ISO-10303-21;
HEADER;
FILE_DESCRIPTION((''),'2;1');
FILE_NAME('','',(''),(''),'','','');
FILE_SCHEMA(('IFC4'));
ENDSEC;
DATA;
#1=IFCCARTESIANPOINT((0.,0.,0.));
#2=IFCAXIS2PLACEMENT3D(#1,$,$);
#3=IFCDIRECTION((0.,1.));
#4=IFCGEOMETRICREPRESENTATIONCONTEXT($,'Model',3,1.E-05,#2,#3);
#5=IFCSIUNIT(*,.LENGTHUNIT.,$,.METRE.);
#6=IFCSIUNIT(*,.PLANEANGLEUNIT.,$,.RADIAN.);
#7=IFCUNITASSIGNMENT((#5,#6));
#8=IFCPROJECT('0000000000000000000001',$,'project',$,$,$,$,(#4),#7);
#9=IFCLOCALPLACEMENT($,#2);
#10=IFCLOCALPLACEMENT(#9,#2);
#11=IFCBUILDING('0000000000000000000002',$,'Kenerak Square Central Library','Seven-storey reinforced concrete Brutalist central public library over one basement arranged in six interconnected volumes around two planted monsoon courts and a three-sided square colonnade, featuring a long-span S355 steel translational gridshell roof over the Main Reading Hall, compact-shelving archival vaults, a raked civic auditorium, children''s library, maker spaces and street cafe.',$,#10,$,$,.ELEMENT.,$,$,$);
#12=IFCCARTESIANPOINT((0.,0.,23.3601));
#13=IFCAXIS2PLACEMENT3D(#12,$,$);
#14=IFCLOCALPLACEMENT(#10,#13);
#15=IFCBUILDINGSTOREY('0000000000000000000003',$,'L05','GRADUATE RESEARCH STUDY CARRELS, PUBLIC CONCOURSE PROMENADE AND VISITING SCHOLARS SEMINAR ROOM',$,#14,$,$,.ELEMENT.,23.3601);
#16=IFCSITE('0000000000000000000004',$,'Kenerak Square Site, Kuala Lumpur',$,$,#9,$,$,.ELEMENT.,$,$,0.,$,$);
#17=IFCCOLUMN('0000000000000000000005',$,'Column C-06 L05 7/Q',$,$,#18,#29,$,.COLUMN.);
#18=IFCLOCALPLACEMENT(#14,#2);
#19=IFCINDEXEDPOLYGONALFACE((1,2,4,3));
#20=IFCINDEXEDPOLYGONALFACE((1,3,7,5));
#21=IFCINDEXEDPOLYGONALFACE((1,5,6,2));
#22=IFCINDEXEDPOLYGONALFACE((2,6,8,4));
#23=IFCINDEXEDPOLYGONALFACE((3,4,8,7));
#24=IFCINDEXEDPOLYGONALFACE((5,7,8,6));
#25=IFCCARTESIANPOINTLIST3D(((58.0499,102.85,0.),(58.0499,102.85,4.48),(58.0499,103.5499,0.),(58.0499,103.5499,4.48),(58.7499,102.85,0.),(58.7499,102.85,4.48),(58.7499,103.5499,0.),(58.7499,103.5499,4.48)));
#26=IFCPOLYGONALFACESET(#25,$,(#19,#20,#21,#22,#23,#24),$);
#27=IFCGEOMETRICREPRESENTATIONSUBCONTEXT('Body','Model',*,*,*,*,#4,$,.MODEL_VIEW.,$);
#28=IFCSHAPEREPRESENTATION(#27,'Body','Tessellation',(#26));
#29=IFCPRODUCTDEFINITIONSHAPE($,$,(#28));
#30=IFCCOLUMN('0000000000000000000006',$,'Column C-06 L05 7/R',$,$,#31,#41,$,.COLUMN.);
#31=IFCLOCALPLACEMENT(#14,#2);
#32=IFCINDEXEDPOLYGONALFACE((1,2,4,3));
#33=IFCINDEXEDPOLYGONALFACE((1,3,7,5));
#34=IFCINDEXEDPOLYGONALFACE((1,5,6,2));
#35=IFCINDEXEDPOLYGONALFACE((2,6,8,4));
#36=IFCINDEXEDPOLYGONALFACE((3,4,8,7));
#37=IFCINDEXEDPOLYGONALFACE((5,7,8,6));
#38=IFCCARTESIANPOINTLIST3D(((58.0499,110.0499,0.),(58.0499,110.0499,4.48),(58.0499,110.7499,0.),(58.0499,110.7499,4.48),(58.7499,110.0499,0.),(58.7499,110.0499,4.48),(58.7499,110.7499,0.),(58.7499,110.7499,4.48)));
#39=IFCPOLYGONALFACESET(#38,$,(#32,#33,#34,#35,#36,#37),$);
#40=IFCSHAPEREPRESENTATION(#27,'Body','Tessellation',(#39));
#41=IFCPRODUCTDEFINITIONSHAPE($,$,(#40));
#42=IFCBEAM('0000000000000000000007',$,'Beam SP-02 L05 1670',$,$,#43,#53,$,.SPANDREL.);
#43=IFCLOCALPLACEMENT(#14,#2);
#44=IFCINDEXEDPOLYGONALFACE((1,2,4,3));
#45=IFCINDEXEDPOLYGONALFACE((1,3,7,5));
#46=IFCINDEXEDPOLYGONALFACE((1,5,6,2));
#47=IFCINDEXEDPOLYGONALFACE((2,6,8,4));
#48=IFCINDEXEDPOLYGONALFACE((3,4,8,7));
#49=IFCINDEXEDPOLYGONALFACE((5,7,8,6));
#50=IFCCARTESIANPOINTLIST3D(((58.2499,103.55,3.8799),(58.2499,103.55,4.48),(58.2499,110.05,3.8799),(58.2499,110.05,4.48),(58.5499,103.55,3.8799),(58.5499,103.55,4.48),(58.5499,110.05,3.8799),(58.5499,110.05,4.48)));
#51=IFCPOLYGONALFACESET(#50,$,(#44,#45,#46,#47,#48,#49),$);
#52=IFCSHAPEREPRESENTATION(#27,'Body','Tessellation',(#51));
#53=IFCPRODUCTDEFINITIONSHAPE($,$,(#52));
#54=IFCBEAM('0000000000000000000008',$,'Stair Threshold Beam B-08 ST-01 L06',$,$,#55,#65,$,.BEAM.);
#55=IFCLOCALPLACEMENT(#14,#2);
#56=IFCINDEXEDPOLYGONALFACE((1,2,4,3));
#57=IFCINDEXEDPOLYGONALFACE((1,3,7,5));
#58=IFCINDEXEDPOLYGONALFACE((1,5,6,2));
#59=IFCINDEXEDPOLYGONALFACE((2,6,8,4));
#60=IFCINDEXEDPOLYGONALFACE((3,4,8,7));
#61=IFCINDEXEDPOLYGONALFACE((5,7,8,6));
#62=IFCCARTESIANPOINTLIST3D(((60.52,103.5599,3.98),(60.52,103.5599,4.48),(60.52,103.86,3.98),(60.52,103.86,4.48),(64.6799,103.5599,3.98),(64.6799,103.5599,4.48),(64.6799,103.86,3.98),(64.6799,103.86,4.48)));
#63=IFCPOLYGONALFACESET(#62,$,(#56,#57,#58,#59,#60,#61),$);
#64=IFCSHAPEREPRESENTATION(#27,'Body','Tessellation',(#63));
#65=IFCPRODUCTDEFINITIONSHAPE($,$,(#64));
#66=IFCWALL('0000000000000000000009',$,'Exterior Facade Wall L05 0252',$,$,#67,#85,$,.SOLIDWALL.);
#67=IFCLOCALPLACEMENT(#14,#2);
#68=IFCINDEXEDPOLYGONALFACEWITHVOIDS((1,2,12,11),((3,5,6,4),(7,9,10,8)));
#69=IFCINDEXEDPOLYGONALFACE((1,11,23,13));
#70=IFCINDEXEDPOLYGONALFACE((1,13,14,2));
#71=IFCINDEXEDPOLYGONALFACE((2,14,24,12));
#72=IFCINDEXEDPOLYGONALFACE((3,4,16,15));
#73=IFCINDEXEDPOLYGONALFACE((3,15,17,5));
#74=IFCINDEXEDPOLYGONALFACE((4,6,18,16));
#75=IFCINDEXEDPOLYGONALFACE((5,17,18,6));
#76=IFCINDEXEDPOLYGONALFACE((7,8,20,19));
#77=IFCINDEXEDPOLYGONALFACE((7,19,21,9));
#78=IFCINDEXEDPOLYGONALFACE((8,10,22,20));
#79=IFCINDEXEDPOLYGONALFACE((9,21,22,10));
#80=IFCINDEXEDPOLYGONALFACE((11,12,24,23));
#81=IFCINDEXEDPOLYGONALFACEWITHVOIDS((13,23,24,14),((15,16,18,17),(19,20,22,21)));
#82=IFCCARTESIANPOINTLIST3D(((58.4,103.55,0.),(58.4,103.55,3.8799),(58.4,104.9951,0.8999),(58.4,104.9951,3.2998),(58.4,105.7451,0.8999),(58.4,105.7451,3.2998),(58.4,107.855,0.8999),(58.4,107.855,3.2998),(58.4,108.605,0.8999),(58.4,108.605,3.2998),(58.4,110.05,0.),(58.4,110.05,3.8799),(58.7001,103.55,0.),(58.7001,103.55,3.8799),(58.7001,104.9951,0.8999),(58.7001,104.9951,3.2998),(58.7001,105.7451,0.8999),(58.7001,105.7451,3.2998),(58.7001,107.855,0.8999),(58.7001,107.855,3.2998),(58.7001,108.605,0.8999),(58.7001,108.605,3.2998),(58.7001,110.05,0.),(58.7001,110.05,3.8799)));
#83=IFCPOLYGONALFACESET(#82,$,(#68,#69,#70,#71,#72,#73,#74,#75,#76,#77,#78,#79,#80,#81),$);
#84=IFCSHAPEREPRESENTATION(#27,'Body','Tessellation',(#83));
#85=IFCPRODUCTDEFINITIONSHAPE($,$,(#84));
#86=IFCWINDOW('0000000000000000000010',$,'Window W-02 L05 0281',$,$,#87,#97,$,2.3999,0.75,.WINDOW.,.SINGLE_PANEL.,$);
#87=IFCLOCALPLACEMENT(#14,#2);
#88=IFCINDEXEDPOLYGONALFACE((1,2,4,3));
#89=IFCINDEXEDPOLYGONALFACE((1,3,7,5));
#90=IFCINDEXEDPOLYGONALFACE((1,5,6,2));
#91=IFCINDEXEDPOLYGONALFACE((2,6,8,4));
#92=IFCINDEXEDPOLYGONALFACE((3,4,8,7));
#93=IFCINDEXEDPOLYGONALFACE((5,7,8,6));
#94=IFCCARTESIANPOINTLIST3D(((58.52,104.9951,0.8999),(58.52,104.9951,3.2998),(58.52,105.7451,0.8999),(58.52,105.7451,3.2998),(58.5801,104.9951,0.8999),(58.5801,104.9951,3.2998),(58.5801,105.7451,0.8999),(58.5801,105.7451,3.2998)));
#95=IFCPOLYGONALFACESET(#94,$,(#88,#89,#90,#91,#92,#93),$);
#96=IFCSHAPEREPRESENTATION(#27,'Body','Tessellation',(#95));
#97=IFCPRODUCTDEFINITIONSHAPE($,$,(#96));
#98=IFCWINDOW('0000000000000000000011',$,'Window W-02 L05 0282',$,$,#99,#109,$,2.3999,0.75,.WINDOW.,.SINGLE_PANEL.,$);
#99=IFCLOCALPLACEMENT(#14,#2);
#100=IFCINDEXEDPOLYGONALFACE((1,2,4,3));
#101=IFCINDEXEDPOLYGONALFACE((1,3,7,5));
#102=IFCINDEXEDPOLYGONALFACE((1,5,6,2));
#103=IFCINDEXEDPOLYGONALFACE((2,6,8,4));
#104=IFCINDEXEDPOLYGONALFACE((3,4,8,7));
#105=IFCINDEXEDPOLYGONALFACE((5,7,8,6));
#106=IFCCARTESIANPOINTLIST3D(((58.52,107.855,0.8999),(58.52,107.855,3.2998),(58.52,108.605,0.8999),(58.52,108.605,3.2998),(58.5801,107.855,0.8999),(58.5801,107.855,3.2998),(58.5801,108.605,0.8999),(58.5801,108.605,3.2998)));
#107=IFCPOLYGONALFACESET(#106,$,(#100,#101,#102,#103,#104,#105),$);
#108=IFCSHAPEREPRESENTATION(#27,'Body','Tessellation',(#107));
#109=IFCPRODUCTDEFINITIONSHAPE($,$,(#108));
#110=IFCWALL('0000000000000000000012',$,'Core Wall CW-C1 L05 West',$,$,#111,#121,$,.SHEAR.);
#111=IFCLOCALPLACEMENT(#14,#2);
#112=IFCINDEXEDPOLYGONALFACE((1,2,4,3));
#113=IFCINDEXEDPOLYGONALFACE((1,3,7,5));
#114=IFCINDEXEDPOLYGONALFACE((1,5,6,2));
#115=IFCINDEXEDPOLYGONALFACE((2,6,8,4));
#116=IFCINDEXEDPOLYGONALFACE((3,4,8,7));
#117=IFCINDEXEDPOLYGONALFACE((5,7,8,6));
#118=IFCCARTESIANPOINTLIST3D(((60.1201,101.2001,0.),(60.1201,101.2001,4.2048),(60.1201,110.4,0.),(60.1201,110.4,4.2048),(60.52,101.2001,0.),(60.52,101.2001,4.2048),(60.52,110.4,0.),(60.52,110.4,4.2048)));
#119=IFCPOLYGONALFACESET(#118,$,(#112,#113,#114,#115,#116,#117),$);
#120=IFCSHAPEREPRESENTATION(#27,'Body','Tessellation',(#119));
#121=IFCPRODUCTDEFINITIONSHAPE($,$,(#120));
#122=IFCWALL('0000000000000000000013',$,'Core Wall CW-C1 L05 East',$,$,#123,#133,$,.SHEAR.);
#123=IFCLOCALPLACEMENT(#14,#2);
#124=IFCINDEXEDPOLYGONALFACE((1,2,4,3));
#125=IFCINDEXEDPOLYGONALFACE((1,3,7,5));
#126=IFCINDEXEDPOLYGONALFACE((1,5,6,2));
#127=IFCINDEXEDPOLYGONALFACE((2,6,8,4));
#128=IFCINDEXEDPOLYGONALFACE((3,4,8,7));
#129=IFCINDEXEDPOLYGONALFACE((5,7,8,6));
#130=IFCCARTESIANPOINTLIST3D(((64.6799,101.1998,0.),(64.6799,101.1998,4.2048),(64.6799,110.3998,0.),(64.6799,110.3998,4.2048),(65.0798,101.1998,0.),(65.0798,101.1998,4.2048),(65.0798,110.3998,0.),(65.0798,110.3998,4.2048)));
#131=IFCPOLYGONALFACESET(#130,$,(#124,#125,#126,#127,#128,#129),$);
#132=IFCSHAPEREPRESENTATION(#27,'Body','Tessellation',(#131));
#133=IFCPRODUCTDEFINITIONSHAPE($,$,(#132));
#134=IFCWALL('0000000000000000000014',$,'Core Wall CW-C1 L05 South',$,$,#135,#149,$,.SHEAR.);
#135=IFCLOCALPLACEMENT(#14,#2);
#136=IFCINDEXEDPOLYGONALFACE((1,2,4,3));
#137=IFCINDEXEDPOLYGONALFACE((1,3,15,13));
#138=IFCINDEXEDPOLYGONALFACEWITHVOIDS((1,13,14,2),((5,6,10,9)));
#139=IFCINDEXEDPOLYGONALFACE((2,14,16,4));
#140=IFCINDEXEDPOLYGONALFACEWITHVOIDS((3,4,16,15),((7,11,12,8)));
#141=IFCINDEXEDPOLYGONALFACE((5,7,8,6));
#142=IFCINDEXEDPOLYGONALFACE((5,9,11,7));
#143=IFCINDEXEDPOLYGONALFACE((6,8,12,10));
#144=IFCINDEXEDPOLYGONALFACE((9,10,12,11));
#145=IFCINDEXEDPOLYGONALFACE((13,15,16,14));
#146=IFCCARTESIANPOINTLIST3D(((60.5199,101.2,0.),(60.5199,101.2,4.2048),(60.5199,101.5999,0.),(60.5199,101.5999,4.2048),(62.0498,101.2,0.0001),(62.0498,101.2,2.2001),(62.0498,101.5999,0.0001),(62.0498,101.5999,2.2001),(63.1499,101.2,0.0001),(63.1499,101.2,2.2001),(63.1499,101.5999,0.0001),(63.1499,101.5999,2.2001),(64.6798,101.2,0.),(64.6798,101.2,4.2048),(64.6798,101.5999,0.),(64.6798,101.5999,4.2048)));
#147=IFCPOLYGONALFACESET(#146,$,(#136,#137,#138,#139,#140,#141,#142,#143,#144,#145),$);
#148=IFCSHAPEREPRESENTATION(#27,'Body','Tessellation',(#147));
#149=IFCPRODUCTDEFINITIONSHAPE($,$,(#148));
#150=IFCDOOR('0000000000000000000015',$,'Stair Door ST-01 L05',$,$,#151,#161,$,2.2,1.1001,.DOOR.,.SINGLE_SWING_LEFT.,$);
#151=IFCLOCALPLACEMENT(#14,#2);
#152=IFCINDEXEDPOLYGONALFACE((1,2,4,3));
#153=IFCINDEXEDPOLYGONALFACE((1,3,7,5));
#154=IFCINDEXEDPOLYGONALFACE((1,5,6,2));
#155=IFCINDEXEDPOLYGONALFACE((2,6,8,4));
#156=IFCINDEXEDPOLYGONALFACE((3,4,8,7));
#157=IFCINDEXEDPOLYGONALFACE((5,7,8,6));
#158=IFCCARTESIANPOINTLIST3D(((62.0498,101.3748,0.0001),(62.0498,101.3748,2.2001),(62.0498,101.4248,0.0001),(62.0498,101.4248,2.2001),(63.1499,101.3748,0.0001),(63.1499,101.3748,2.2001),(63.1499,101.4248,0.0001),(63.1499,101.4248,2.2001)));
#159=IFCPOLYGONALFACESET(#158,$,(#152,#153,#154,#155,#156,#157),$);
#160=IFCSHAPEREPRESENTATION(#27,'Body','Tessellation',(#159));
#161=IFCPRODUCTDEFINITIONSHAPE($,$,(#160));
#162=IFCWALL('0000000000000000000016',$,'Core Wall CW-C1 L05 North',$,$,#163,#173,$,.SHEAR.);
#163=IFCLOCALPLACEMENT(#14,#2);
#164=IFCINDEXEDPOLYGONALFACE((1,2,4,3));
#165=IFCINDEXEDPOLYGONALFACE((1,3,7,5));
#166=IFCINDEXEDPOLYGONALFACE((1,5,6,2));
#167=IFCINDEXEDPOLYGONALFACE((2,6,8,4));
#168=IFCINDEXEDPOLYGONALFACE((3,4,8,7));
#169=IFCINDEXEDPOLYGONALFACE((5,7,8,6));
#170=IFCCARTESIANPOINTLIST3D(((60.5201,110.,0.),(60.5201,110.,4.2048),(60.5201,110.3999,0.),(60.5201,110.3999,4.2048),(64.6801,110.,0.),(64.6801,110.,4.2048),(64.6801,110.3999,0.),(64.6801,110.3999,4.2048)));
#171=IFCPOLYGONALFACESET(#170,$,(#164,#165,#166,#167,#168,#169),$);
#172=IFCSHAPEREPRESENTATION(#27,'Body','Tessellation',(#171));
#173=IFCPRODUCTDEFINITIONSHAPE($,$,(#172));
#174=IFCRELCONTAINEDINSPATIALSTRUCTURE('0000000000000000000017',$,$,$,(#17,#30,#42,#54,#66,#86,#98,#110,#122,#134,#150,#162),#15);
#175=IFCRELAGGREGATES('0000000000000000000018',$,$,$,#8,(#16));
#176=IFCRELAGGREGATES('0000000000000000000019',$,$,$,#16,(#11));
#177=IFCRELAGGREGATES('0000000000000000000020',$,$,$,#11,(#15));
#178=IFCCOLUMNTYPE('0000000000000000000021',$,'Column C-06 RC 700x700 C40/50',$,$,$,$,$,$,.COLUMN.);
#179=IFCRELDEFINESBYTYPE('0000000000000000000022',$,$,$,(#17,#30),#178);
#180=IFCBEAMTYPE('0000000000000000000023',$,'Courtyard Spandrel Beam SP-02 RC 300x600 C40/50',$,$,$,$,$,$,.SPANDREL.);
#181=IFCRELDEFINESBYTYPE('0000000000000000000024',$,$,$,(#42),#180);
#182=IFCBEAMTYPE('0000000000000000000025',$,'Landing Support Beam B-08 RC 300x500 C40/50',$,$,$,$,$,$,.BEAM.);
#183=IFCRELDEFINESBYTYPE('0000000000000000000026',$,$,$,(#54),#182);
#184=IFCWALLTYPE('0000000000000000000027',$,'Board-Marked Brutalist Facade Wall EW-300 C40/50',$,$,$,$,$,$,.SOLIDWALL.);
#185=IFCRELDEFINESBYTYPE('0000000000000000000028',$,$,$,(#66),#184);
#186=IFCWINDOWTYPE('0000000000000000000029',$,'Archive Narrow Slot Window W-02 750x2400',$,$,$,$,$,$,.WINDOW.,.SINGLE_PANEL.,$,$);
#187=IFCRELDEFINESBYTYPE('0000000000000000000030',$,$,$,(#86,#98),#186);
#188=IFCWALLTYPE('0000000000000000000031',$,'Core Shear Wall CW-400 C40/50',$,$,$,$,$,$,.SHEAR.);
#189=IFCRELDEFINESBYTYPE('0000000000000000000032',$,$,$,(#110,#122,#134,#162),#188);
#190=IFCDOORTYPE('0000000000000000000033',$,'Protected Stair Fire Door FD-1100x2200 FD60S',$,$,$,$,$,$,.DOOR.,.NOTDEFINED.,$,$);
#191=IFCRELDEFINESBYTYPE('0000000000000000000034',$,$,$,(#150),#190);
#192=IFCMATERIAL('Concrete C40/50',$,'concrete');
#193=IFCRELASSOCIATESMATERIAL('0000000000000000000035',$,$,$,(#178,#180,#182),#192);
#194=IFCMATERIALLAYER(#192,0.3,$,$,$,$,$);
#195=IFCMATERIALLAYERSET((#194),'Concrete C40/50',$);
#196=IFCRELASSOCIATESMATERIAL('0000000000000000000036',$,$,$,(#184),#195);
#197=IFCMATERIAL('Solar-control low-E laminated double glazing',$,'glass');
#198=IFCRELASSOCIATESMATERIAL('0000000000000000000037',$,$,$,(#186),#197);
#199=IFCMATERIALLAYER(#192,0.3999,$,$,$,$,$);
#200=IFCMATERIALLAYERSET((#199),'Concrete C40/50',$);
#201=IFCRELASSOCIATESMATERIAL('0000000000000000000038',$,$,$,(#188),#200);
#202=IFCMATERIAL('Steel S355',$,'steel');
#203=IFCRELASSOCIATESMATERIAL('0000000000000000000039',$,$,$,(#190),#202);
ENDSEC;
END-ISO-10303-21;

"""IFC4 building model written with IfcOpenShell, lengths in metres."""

from ifc_helpers import new_model, si_unit, direction, frame, frame_2d, origin, origin_2d, place, context, subcontext, project, spatial, rectangle, extrude, material, layer, layer_set, material_profile, profile_set, type_object, element, fill, save


model = new_model("IFC4")

# Units and contexts
model_context = context("Model", 3, precision=1e-05, world=origin(), true_north=direction((0.0, 1.0)))
body_context = subcontext(model_context, "Body", "Model", "MODEL_VIEW")
ifc_project = project(units=[si_unit("LENGTHUNIT", "METRE"), si_unit("PLANEANGLEUNIT", "RADIAN")], contexts=[model_context])

# Site, building, storey
site_placement = place(None, origin())
site = spatial("IfcSite", under=ifc_project, at=site_placement, Name="Kenerak Square Site, Kuala Lumpur", CompositionType="ELEMENT", RefElevation=0.0)
building_placement = place(site_placement, origin())
building = spatial("IfcBuilding", under=site, at=building_placement, Name="Kenerak Square Central Library", Description="Seven-storey reinforced concrete Brutalist central public library over one basement arranged in six interconnected volumes around two planted monsoon courts and a three-sided square colonnade, featuring a long-span S355 steel translational gridshell roof over the Main Reading Hall, compact-shelving archival vaults, a raked civic auditorium, children's library, maker spaces and street cafe.", CompositionType="ELEMENT")
storey_placement = place(building_placement, frame((0.0, 0.0, 23.3601)))
storey = spatial("IfcBuildingStorey", under=building, at=storey_placement, Name="L05", Description="GRADUATE RESEARCH STUDY CARRELS, PUBLIC CONCOURSE PROMENADE AND VISITING SCHOLARS SEMINAR ROOM", CompositionType="ELEMENT", Elevation=23.3601)

# Columns
ifc_material_1 = material(Name="Concrete C40/50", Category="concrete")
ifc_material_profile_1 = material_profile(ifc_material_1, rectangle(XDim=0.7, YDim=0.7, at=origin_2d()), Name="RC 700x700")
ifc_profile_set_1 = profile_set([ifc_material_profile_1], Name="Concrete C40/50")
column_type = type_object("IfcColumnType", Name="Column C-06 RC 700x700 C40/50", PredefinedType="COLUMN", material=ifc_profile_set_1)
for number, where, z_axis, x_axis, name in (
    (1, (58.3999, 103.2, 0.0), (0.0, 0.0, 1.0), (1.0, 0.0, 0.0), "Column C-06 L05 7/Q"),
    (2, (58.3999, 110.3999, 0.0), (0.0, 0.0, 1.0), (1.0, 0.0, 0.0), "Column C-06 L05 7/R"),
):
    element("IfcColumn", number, at=place(storey_placement, frame(where, z_axis=z_axis, x_axis=x_axis)), inside=storey, type_object=column_type, Name=name, PredefinedType="COLUMN", context=body_context, shape_type="SweptSolid", body=[
        extrude(rectangle(XDim=0.7, YDim=0.7, at=origin_2d()), origin(), (0.0, 0.0, 1.0), 4.48),
    ])

# Beams
ifc_material_profile_2 = material_profile(ifc_material_1, rectangle(XDim=0.3, YDim=0.6001, at=origin_2d()), Name="RC 300x600")
ifc_profile_set_2 = profile_set([ifc_material_profile_2], Name="Concrete C40/50")
beam_type_1 = type_object("IfcBeamType", Name="Courtyard Spandrel Beam SP-02 RC 300x600 C40/50", PredefinedType="SPANDREL", material=ifc_profile_set_2)
beam_1_placement = place(storey_placement, frame((58.3999, 103.55, 4.1799), z_axis=(0.0, 1.0, 0.0), x_axis=(-1.0, 0.0, 0.0)))
element("IfcBeam", 3, at=beam_1_placement, inside=storey, type_object=beam_type_1, Name="Beam SP-02 L05 1670", PredefinedType="SPANDREL", context=body_context, shape_type="SweptSolid", body=[
    extrude(rectangle(XDim=0.3, YDim=0.6001, at=origin_2d()), origin(), (0.0, 0.0, 1.0), 6.5),
])
ifc_material_profile_3 = material_profile(ifc_material_1, rectangle(XDim=0.3, YDim=0.5, at=origin_2d()), Name="RC 300x500")
ifc_profile_set_3 = profile_set([ifc_material_profile_3], Name="Concrete C40/50")
beam_type_2 = type_object("IfcBeamType", Name="Landing Support Beam B-08 RC 300x500 C40/50", PredefinedType="BEAM", material=ifc_profile_set_3)
beam_2_placement = place(storey_placement, frame((60.52, 103.71, 4.23), z_axis=(1.0, 0.0, 0.0), x_axis=(0.0, 1.0, 0.0)))
element("IfcBeam", 4, at=beam_2_placement, inside=storey, type_object=beam_type_2, Name="Stair Threshold Beam B-08 ST-01 L06", PredefinedType="BEAM", context=body_context, shape_type="SweptSolid", body=[
    extrude(rectangle(XDim=0.3, YDim=0.5, at=origin_2d()), origin(), (0.0, 0.0, 1.0), 4.1599),
])

# Wall, openings, windows
ifc_layer_1 = layer(ifc_material_1, 0.3)
ifc_layer_set_1 = layer_set([ifc_layer_1], Name="Concrete C40/50")
wall_type_1 = type_object("IfcWallType", Name="Board-Marked Brutalist Facade Wall EW-300 C40/50", PredefinedType="SOLIDWALL", material=ifc_layer_set_1)
wall_1_placement = place(storey_placement, frame((58.55, 103.55, 0.0), z_axis=(0.0, 0.0, 1.0), x_axis=(0.0, 1.0, 0.0)))
wall_1 = element("IfcWall", 5, at=wall_1_placement, inside=storey, type_object=wall_type_1, Name="Exterior Facade Wall L05 0252", PredefinedType="SOLIDWALL", context=body_context, shape_type="SweptSolid", body=[
    extrude(rectangle(XDim=6.5, YDim=0.3, at=frame_2d((3.25, 0.0))), origin(), (0.0, 0.0, 1.0), 3.8799),
])
opening_1_placement = place(wall_1_placement, frame((1.4451, 0.0, 0.8999)))
opening_1 = element("IfcOpeningElement", 6, at=opening_1_placement, cuts=wall_1, PredefinedType="OPENING", context=body_context, shape_type="SweptSolid", body=[
    extrude(rectangle(XDim=0.75, YDim=2.3999, at=frame_2d((0.375, 1.2))), frame((0.0, 0.1599, 0.0), z_axis=(0.0, -1.0, 0.0), x_axis=(1.0, 0.0, 0.0)), (0.0, 0.0, 1.0), 0.3201),
])
opening_2_placement = place(wall_1_placement, frame((4.3049, 0.0, 0.8999)))
opening_2 = element("IfcOpeningElement", 7, at=opening_2_placement, cuts=wall_1, PredefinedType="OPENING", context=body_context, shape_type="SweptSolid", body=[
    extrude(rectangle(XDim=0.75, YDim=2.3999, at=frame_2d((0.375, 1.2))), frame((0.0, 0.1599, 0.0), z_axis=(0.0, -1.0, 0.0), x_axis=(1.0, 0.0, 0.0)), (0.0, 0.0, 1.0), 0.3201),
])
ifc_material_2 = material(Name="Solar-control low-E laminated double glazing", Category="glass")
window_type = type_object("IfcWindowType", Name="Archive Narrow Slot Window W-02 750x2400", PartitioningType="SINGLE_PANEL", PredefinedType="WINDOW", material=ifc_material_2)
window_1_placement = place(opening_1_placement, origin())
window_1 = element("IfcWindow", 8, at=window_1_placement, inside=storey, type_object=window_type, Name="Window W-02 L05 0281", OverallHeight=2.3999, OverallWidth=0.75, PartitioningType="SINGLE_PANEL", PredefinedType="WINDOW", context=body_context, shape_type="SweptSolid", body=[
    extrude(rectangle(XDim=0.75, YDim=2.3999, at=frame_2d((0.375, 1.2))), frame((0.0, 0.03, 0.0), z_axis=(0.0, -1.0, 0.0), x_axis=(1.0, 0.0, 0.0)), (0.0, 0.0, 1.0), 0.0601),
])
fill(opening_1, window_1)
window_2_placement = place(opening_2_placement, origin())
window_2 = element("IfcWindow", 9, at=window_2_placement, inside=storey, type_object=window_type, Name="Window W-02 L05 0282", OverallHeight=2.3999, OverallWidth=0.75, PartitioningType="SINGLE_PANEL", PredefinedType="WINDOW", context=body_context, shape_type="SweptSolid", body=[
    extrude(rectangle(XDim=0.75, YDim=2.3999, at=frame_2d((0.375, 1.2))), frame((0.0, 0.03, 0.0), z_axis=(0.0, -1.0, 0.0), x_axis=(1.0, 0.0, 0.0)), (0.0, 0.0, 1.0), 0.0601),
])
fill(opening_2, window_2)

# Walls
ifc_layer_2 = layer(ifc_material_1, 0.3999)
ifc_layer_set_2 = layer_set([ifc_layer_2], Name="Concrete C40/50")
wall_type_2 = type_object("IfcWallType", Name="Core Shear Wall CW-400 C40/50", PredefinedType="SHEAR", material=ifc_layer_set_2)
for number, where, z_axis, x_axis, name in (
    (10, (60.3201, 101.2, 0.0), (0.0, 0.0, 1.0), (0.0, 1.0, 0.0), "Core Wall CW-C1 L05 West"),
    (11, (64.8799, 110.3999, 0.0), (0.0, 0.0, 1.0), (0.0, -1.0, 0.0), "Core Wall CW-C1 L05 East"),
):
    element("IfcWall", number, at=place(storey_placement, frame(where, z_axis=z_axis, x_axis=x_axis)), inside=storey, type_object=wall_type_2, Name=name, PredefinedType="SHEAR", context=body_context, shape_type="SweptSolid", body=[
        extrude(rectangle(XDim=9.2, YDim=0.3999, at=frame_2d((4.6001, 0.0))), origin(), (0.0, 0.0, 1.0), 4.2048),
    ])

# Wall, opening, door
wall_2_placement = place(storey_placement, frame((64.6799, 101.3999, 0.0), z_axis=(0.0, 0.0, 1.0), x_axis=(-1.0, 0.0, 0.0)))
wall_2 = element("IfcWall", 12, at=wall_2_placement, inside=storey, type_object=wall_type_2, Name="Core Wall CW-C1 L05 South", PredefinedType="SHEAR", context=body_context, shape_type="SweptSolid", body=[
    extrude(rectangle(XDim=4.1599, YDim=0.3999, at=frame_2d((2.0801, 0.0))), origin(), (0.0, 0.0, 1.0), 4.2048),
])
opening_3_placement = place(wall_2_placement, frame((1.53, 0.0, 0.0)))
opening_3 = element("IfcOpeningElement", 13, at=opening_3_placement, cuts=wall_2, PredefinedType="OPENING", context=body_context, shape_type="SweptSolid", body=[
    extrude(rectangle(XDim=1.1001, YDim=2.2, at=frame_2d((0.55, 1.1001))), frame((0.0, 0.21, 0.0), z_axis=(0.0, -1.0, 0.0), x_axis=(1.0, 0.0, 0.0)), (0.0, 0.0, 1.0), 0.4199),
])
ifc_material_3 = material(Name="Steel S355", Category="steel")
door_type_1 = type_object("IfcDoorType", Name="Protected Stair Fire Door FD-1100x2200 FD60S", OperationType="NOTDEFINED", PredefinedType="DOOR", material=ifc_material_3)
door_1_placement = place(opening_3_placement, frame((1.1001, 0.0, 0.0), z_axis=(0.0, 0.0, 1.0), x_axis=(-1.0, 0.0, 0.0)))
door_1 = element("IfcDoor", 14, at=door_1_placement, inside=storey, type_object=door_type_1, Name="Stair Door ST-01 L05", OperationType="SINGLE_SWING_LEFT", OverallHeight=2.2, OverallWidth=1.1001, PredefinedType="DOOR", context=body_context, shape_type="SweptSolid", body=[
    extrude(rectangle(XDim=1.1001, YDim=2.2, at=frame_2d((0.55, 1.1001))), frame((0.0, 0.0249, 0.0), z_axis=(0.0, -1.0, 0.0), x_axis=(1.0, 0.0, 0.0)), (0.0, 0.0, 1.0), 0.05),
])
fill(opening_3, door_1)

# Wall
wall_3_placement = place(storey_placement, frame((60.52, 110.2, 0.0), z_axis=(0.0, 0.0, 1.0), x_axis=(1.0, 0.0, 0.0)))
element("IfcWall", 15, at=wall_3_placement, inside=storey, type_object=wall_type_2, Name="Core Wall CW-C1 L05 North", PredefinedType="SHEAR", context=body_context, shape_type="SweptSolid", body=[
    extrude(rectangle(XDim=4.1599, YDim=0.3999, at=frame_2d((2.0801, 0.0))), origin(), (0.0, 0.0, 1.0), 4.2048),
])

save(model, "model.ifc")
